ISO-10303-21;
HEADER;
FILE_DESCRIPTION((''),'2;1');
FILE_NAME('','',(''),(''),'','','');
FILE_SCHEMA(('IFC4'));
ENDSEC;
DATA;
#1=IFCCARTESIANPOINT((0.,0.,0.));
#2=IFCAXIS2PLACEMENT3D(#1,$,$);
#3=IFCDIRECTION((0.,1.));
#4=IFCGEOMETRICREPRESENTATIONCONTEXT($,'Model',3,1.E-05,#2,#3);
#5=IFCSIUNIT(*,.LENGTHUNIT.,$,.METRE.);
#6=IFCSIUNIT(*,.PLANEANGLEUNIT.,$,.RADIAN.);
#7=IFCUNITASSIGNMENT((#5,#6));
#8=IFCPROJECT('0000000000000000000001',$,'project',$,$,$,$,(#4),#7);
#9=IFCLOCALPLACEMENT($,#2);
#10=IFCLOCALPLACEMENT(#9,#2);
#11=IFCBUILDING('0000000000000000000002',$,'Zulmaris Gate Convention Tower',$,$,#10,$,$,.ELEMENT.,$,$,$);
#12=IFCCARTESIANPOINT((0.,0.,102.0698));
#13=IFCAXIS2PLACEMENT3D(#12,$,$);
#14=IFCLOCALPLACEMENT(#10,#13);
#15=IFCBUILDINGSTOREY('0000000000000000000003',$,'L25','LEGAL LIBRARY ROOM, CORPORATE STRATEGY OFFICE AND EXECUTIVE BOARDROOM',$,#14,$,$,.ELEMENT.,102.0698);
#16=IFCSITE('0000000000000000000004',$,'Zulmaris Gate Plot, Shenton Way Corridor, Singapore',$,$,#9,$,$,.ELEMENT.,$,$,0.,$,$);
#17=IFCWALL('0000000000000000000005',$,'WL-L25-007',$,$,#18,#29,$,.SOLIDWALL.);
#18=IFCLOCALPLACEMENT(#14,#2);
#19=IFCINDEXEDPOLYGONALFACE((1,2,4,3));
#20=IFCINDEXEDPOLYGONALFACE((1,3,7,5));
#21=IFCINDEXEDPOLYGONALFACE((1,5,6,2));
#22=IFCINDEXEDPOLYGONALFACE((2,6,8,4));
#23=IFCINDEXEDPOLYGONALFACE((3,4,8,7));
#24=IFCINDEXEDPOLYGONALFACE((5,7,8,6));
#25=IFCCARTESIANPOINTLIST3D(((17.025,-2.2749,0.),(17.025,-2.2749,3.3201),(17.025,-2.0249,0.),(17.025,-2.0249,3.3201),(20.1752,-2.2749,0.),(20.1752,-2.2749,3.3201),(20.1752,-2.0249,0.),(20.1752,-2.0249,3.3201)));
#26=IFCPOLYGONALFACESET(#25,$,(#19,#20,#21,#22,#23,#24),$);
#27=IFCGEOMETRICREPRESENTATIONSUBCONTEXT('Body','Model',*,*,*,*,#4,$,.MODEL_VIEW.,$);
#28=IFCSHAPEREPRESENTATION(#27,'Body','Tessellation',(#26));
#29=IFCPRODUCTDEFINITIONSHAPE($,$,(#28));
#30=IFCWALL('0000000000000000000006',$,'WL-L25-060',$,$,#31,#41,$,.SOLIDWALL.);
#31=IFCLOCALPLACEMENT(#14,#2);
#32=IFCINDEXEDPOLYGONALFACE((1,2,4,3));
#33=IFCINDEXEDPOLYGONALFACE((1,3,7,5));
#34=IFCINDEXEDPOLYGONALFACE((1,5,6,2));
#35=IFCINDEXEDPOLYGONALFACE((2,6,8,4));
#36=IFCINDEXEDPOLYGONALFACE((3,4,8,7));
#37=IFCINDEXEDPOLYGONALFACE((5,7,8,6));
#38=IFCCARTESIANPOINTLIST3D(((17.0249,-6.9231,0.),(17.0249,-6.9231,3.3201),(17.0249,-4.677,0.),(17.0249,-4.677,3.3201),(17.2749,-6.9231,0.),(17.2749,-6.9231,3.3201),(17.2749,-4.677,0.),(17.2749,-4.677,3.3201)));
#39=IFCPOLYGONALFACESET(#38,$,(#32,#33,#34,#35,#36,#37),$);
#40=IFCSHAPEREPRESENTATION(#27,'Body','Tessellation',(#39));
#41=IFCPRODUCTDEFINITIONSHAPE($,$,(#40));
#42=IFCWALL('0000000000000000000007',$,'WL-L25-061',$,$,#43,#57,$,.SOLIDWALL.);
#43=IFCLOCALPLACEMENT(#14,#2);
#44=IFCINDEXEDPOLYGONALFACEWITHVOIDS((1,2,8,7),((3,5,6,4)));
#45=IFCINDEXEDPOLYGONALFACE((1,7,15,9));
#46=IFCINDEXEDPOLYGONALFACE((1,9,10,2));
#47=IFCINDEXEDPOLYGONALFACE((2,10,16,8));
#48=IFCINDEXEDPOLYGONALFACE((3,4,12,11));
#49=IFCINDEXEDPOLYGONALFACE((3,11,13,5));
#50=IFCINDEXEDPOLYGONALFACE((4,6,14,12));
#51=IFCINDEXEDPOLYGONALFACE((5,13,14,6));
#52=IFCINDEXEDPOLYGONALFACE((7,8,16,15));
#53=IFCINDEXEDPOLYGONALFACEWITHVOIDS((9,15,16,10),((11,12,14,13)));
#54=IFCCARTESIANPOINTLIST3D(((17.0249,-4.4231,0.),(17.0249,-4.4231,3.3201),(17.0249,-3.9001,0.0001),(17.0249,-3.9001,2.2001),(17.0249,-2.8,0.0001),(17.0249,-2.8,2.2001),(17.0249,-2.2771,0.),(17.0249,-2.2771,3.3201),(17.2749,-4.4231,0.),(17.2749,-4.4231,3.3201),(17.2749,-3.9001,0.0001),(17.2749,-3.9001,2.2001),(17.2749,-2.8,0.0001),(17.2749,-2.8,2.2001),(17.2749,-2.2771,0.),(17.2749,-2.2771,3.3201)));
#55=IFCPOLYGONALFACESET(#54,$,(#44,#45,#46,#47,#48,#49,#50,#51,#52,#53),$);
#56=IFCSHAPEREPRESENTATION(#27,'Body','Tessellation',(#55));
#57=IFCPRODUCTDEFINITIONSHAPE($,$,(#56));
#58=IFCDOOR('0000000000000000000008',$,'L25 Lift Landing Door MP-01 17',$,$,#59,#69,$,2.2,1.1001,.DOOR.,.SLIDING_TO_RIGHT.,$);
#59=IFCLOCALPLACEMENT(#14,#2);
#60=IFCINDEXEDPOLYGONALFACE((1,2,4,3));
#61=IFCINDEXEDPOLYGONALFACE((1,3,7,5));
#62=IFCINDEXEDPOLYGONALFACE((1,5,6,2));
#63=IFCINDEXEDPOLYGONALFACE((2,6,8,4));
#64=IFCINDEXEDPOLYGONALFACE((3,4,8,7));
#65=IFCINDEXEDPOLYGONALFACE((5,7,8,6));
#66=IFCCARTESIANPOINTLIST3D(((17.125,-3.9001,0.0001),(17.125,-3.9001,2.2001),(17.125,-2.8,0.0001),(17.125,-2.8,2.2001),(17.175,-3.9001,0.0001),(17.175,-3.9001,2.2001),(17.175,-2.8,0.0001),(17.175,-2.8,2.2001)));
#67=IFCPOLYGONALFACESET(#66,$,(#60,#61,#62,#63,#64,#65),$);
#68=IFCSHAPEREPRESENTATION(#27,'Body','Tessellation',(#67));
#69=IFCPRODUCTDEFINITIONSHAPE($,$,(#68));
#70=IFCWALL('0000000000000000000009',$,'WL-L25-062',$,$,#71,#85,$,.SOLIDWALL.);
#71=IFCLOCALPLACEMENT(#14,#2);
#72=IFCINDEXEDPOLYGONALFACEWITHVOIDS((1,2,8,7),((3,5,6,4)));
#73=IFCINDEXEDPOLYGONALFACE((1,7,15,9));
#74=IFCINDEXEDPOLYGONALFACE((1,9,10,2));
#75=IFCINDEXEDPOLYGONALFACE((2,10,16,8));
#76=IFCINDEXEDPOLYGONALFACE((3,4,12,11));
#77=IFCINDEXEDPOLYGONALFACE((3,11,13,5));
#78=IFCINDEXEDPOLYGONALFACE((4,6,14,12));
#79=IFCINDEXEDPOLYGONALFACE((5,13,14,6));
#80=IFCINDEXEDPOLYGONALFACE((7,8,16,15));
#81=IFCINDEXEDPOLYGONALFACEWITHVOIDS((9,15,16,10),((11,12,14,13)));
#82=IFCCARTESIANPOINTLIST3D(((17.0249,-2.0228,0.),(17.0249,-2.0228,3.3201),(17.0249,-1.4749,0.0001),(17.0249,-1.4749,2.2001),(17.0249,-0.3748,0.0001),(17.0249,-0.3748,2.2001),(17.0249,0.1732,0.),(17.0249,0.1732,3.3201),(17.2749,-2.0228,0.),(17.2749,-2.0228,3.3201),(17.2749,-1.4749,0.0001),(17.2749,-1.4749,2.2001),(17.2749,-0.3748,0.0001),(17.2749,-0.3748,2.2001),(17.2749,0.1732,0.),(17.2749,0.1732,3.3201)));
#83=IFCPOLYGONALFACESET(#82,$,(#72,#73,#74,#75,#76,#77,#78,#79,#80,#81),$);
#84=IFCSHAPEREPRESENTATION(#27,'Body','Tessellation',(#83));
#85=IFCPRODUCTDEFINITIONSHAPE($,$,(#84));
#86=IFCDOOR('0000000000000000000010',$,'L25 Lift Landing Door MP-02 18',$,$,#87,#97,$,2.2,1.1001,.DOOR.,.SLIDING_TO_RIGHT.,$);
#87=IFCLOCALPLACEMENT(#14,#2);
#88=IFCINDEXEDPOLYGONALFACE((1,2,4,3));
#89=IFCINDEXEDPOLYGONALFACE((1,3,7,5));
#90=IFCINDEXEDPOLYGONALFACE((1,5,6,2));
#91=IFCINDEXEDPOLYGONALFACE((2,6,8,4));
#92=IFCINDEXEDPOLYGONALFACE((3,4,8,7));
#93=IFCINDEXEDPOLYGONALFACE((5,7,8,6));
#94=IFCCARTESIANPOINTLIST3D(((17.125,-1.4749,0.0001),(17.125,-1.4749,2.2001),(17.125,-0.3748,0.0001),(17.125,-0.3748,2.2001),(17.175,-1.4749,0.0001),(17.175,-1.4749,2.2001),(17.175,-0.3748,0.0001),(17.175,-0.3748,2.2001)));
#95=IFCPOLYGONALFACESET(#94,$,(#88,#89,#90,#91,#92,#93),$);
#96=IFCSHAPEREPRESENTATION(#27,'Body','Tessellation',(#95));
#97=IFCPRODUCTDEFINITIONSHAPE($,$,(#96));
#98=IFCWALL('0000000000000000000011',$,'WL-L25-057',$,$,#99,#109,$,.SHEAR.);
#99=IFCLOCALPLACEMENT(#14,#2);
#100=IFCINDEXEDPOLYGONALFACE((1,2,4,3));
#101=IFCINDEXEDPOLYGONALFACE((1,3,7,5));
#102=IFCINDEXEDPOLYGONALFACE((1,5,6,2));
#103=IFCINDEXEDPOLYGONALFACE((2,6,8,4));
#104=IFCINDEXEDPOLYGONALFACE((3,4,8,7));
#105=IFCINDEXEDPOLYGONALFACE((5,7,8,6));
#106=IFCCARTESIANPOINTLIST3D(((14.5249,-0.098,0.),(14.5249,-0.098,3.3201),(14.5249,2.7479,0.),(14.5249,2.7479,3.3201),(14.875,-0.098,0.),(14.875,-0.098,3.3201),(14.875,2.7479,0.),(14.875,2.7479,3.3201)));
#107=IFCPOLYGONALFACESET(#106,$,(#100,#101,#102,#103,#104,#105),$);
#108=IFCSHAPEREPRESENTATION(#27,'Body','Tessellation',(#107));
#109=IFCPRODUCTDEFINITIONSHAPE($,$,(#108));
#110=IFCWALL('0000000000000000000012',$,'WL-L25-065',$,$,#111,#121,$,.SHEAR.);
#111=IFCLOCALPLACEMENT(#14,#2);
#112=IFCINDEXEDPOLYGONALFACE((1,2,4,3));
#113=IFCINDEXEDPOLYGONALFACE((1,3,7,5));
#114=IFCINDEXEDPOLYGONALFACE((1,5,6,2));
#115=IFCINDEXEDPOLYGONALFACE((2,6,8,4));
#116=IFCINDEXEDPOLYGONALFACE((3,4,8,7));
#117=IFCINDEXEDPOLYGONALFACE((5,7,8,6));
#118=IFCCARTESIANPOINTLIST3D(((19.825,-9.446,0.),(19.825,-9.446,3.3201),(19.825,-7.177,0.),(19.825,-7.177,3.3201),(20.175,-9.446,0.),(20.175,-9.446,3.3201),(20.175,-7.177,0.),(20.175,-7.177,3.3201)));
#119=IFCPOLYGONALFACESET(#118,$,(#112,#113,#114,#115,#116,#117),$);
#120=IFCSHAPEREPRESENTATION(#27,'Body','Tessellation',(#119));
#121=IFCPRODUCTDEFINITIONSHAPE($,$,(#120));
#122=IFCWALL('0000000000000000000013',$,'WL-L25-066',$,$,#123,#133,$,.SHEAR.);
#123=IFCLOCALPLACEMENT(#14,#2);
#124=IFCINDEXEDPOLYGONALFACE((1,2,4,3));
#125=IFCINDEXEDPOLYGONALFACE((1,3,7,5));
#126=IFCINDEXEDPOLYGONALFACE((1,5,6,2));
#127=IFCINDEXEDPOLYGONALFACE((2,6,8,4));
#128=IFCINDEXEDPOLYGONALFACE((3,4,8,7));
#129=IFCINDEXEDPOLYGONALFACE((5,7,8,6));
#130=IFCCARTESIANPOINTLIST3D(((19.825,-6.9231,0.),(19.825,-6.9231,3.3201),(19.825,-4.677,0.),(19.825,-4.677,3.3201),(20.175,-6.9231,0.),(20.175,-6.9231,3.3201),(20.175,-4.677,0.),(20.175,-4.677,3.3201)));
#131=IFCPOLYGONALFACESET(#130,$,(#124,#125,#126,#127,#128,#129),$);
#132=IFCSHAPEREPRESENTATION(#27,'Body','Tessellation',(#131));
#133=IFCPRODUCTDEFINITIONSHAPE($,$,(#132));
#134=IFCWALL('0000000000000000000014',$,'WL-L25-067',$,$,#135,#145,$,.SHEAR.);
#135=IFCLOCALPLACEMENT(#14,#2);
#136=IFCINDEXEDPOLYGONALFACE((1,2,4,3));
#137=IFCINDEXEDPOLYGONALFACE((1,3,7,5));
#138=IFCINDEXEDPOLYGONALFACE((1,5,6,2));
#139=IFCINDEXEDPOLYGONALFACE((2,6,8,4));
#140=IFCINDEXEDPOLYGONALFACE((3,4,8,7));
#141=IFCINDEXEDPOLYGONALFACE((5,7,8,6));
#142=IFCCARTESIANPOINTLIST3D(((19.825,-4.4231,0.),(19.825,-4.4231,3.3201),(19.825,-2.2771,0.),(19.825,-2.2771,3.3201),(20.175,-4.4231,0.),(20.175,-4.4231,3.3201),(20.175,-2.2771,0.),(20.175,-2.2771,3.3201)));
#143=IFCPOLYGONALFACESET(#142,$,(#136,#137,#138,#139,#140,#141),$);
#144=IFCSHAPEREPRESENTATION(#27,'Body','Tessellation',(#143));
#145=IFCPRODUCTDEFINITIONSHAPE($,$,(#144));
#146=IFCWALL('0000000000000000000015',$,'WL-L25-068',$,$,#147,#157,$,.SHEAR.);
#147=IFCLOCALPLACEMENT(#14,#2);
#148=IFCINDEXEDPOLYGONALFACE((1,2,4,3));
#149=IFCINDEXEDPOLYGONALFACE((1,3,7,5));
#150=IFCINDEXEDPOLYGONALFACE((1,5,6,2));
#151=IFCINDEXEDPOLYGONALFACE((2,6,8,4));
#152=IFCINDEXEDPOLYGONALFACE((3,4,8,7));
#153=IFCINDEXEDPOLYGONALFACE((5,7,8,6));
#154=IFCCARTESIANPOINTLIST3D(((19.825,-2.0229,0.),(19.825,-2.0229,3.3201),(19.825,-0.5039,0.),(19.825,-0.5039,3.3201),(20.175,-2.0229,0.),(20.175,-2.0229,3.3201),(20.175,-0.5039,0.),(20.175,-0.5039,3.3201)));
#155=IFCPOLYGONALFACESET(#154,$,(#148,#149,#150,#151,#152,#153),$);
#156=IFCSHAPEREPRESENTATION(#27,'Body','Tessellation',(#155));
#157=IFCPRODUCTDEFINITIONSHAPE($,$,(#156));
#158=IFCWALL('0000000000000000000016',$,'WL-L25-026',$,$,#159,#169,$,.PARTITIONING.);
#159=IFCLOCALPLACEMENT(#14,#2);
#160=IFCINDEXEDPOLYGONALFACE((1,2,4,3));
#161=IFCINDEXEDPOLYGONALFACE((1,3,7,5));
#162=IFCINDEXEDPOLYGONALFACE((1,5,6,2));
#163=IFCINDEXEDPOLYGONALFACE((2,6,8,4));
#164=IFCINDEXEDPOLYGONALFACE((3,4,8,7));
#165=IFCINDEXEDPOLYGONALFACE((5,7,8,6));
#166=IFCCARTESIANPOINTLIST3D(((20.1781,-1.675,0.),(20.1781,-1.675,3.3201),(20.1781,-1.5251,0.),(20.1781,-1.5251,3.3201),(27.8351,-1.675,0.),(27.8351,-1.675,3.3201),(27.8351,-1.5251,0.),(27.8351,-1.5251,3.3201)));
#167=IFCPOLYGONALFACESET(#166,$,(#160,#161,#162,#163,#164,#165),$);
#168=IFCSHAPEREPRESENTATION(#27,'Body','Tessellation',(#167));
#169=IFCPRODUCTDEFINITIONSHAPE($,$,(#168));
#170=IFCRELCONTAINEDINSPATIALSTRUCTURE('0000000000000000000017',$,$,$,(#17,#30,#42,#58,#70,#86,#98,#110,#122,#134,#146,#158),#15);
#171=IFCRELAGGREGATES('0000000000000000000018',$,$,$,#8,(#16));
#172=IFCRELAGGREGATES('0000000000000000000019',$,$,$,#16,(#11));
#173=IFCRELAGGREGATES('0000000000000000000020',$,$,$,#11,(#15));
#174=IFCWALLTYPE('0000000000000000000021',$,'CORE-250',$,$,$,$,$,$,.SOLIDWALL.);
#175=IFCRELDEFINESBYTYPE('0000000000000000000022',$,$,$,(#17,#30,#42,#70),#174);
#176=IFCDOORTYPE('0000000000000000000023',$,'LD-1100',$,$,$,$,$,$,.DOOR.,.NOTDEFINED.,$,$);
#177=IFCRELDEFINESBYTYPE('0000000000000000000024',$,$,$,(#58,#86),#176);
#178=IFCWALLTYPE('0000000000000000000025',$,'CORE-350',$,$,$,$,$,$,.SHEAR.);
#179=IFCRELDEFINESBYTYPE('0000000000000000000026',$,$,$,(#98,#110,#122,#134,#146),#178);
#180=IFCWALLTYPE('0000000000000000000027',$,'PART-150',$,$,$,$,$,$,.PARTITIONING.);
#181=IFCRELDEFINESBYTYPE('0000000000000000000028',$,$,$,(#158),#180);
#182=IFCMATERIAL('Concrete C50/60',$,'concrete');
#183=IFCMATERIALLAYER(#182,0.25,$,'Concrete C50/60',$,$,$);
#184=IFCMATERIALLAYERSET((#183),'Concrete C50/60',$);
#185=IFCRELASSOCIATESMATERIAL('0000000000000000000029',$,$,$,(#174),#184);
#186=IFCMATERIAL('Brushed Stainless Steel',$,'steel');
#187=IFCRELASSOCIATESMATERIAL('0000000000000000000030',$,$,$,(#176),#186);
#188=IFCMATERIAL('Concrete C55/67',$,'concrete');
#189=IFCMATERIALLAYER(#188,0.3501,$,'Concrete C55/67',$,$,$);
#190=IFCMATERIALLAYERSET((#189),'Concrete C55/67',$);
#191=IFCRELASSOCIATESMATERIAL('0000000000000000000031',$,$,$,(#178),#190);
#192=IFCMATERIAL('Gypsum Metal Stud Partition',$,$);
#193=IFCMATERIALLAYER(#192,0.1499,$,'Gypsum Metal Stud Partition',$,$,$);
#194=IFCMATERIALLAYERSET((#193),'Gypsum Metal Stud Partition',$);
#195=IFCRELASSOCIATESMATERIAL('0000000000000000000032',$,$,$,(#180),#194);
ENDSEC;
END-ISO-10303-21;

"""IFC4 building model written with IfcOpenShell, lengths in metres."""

from ifc_helpers import new_model, si_unit, direction, frame, frame_2d, origin, place, context, subcontext, project, spatial, rectangle, extrude, material, layer, layer_set, type_object, element, fill, save


model = new_model("IFC4")

# Units and contexts
model_context = context("Model", 3, precision=1e-05, world=origin(), true_north=direction((0.0, 1.0)))
body_context = subcontext(model_context, "Body", "Model", "MODEL_VIEW")
ifc_project = project(units=[si_unit("LENGTHUNIT", "METRE"), si_unit("PLANEANGLEUNIT", "RADIAN")], contexts=[model_context])

# Site, building, storey
site_placement = place(None, origin())
site = spatial("IfcSite", under=ifc_project, at=site_placement, Name="Zulmaris Gate Plot, Shenton Way Corridor, Singapore", CompositionType="ELEMENT", RefElevation=0.0)
building_placement = place(site_placement, origin())
building = spatial("IfcBuilding", under=site, at=building_placement, Name="Zulmaris Gate Convention Tower", CompositionType="ELEMENT")
storey_placement = place(building_placement, frame((0.0, 0.0, 102.0698)))
storey = spatial("IfcBuildingStorey", under=building, at=storey_placement, Name="L25", Description="LEGAL LIBRARY ROOM, CORPORATE STRATEGY OFFICE AND EXECUTIVE BOARDROOM", CompositionType="ELEMENT", Elevation=102.0698)

# Walls
ifc_material_1 = material(Name="Concrete C50/60", Category="concrete")
ifc_layer_1 = layer(ifc_material_1, 0.25, Name="Concrete C50/60")
ifc_layer_set_1 = layer_set([ifc_layer_1], Name="Concrete C50/60")
wall_type_1 = type_object("IfcWallType", Name="CORE-250", PredefinedType="SOLIDWALL", material=ifc_layer_set_1)
for number, where, z_axis, x_axis, name in (
    (1, (17.0249, -2.1499, 0.0), (0.0, 0.0, 1.0), (1.0, 0.0, 0.0), "WL-L25-007"),
):
    element("IfcWall", number, at=place(storey_placement, frame(where, z_axis=z_axis, x_axis=x_axis)), inside=storey, type_object=wall_type_1, Name=name, PredefinedType="SOLIDWALL", context=body_context, shape_type="SweptSolid", body=[
        extrude(rectangle(XDim=3.1501, YDim=0.25, at=frame_2d((1.5752, 0.0))), origin(), (0.0, 0.0, 1.0), 3.3201),
    ])
wall_1_placement = place(storey_placement, frame((17.1499, -6.9231, 0.0), z_axis=(0.0, 0.0, 1.0), x_axis=(0.0, 1.0, 0.0)))
element("IfcWall", 2, at=wall_1_placement, inside=storey, type_object=wall_type_1, Name="WL-L25-060", PredefinedType="SOLIDWALL", context=body_context, shape_type="SweptSolid", body=[
    extrude(rectangle(XDim=2.2461, YDim=0.25, at=frame_2d((1.123, 0.0))), origin(), (0.0, 0.0, 1.0), 3.3201),
])

# Walls, openings, doors
wall_2_placement = place(storey_placement, frame((17.1499, -4.4231, 0.0), z_axis=(0.0, 0.0, 1.0), x_axis=(0.0, 1.0, 0.0)))
wall_2 = element("IfcWall", 3, at=wall_2_placement, inside=storey, type_object=wall_type_1, Name="WL-L25-061", PredefinedType="SOLIDWALL", context=body_context, shape_type="SweptSolid", body=[
    extrude(rectangle(XDim=2.146, YDim=0.25, at=frame_2d((1.073, 0.0))), origin(), (0.0, 0.0, 1.0), 3.3201),
])
opening_1_placement = place(wall_2_placement, frame((0.5229, 0.0, 0.0)))
opening_1 = element("IfcOpeningElement", 4, at=opening_1_placement, cuts=wall_2, PredefinedType="OPENING", context=body_context, shape_type="SweptSolid", body=[
    extrude(rectangle(XDim=1.1001, YDim=2.2, at=frame_2d((0.55, 1.1001))), frame((0.0, 0.135, 0.0), z_axis=(0.0, -1.0, 0.0), x_axis=(1.0, 0.0, 0.0)), (0.0, 0.0, 1.0), 0.27),
])
ifc_material_2 = material(Name="Brushed Stainless Steel", Category="steel")
door_type = type_object("IfcDoorType", Name="LD-1100", OperationType="NOTDEFINED", PredefinedType="DOOR", material=ifc_material_2)
door_1_placement = place(opening_1_placement, origin())
door_1 = element("IfcDoor", 5, at=door_1_placement, inside=storey, type_object=door_type, Name="L25 Lift Landing Door MP-01 17", OperationType="SLIDING_TO_RIGHT", OverallHeight=2.2, OverallWidth=1.1001, PredefinedType="DOOR", context=body_context, shape_type="SweptSolid", body=[
    extrude(rectangle(XDim=1.1001, YDim=2.2, at=frame_2d((0.55, 1.1001))), frame((0.0, 0.0249, 0.0), z_axis=(0.0, -1.0, 0.0), x_axis=(1.0, 0.0, 0.0)), (0.0, 0.0, 1.0), 0.05),
])
fill(opening_1, door_1)
wall_3_placement = place(storey_placement, frame((17.1499, -2.0229, 0.0), z_axis=(0.0, 0.0, 1.0), x_axis=(0.0, 1.0, 0.0)))
wall_3 = element("IfcWall", 6, at=wall_3_placement, inside=storey, type_object=wall_type_1, Name="WL-L25-062", PredefinedType="SOLIDWALL", context=body_context, shape_type="SweptSolid", body=[
    extrude(rectangle(XDim=2.196, YDim=0.25, at=frame_2d((1.0981, 0.0))), origin(), (0.0, 0.0, 1.0), 3.3201),
])
opening_2_placement = place(wall_3_placement, frame((0.5481, 0.0, 0.0)))
opening_2 = element("IfcOpeningElement", 7, at=opening_2_placement, cuts=wall_3, PredefinedType="OPENING", context=body_context, shape_type="SweptSolid", body=[
    extrude(rectangle(XDim=1.1001, YDim=2.2, at=frame_2d((0.55, 1.1001))), frame((0.0, 0.135, 0.0), z_axis=(0.0, -1.0, 0.0), x_axis=(1.0, 0.0, 0.0)), (0.0, 0.0, 1.0), 0.27),
])
door_2_placement = place(opening_2_placement, origin())
door_2 = element("IfcDoor", 8, at=door_2_placement, inside=storey, type_object=door_type, Name="L25 Lift Landing Door MP-02 18", OperationType="SLIDING_TO_RIGHT", OverallHeight=2.2, OverallWidth=1.1001, PredefinedType="DOOR", context=body_context, shape_type="SweptSolid", body=[
    extrude(rectangle(XDim=1.1001, YDim=2.2, at=frame_2d((0.55, 1.1001))), frame((0.0, 0.0249, 0.0), z_axis=(0.0, -1.0, 0.0), x_axis=(1.0, 0.0, 0.0)), (0.0, 0.0, 1.0), 0.05),
])
fill(opening_2, door_2)

# Walls
ifc_material_3 = material(Name="Concrete C55/67", Category="concrete")
ifc_layer_2 = layer(ifc_material_3, 0.3501, Name="Concrete C55/67")
ifc_layer_set_2 = layer_set([ifc_layer_2], Name="Concrete C55/67")
wall_type_2 = type_object("IfcWallType", Name="CORE-350", PredefinedType="SHEAR", material=ifc_layer_set_2)
wall_4_placement = place(storey_placement, frame((14.7, -0.0979, 0.0), z_axis=(0.0, 0.0, 1.0), x_axis=(0.0, 1.0, 0.0)))
element("IfcWall", 9, at=wall_4_placement, inside=storey, type_object=wall_type_2, Name="WL-L25-057", PredefinedType="SHEAR", context=body_context, shape_type="SweptSolid", body=[
    extrude(rectangle(XDim=2.8459, YDim=0.3501, at=frame_2d((1.4229, 0.0))), origin(), (0.0, 0.0, 1.0), 3.3201),
])
wall_5_placement = place(storey_placement, frame((20.0, -9.446, 0.0), z_axis=(0.0, 0.0, 1.0), x_axis=(0.0, 1.0, 0.0)))
element("IfcWall", 10, at=wall_5_placement, inside=storey, type_object=wall_type_2, Name="WL-L25-065", PredefinedType="SHEAR", context=body_context, shape_type="SweptSolid", body=[
    extrude(rectangle(XDim=2.269, YDim=0.3501, at=frame_2d((1.1345, 0.0))), origin(), (0.0, 0.0, 1.0), 3.3201),
])
wall_6_placement = place(storey_placement, frame((20.0, -6.9231, 0.0), z_axis=(0.0, 0.0, 1.0), x_axis=(0.0, 1.0, 0.0)))
element("IfcWall", 11, at=wall_6_placement, inside=storey, type_object=wall_type_2, Name="WL-L25-066", PredefinedType="SHEAR", context=body_context, shape_type="SweptSolid", body=[
    extrude(rectangle(XDim=2.2461, YDim=0.3501, at=frame_2d((1.123, 0.0))), origin(), (0.0, 0.0, 1.0), 3.3201),
])
wall_7_placement = place(storey_placement, frame((20.0, -4.4231, 0.0), z_axis=(0.0, 0.0, 1.0), x_axis=(0.0, 1.0, 0.0)))
element("IfcWall", 12, at=wall_7_placement, inside=storey, type_object=wall_type_2, Name="WL-L25-067", PredefinedType="SHEAR", context=body_context, shape_type="SweptSolid", body=[
    extrude(rectangle(XDim=2.146, YDim=0.3501, at=frame_2d((1.073, 0.0))), origin(), (0.0, 0.0, 1.0), 3.3201),
])
wall_8_placement = place(storey_placement, frame((20.0, -2.0229, 0.0), z_axis=(0.0, 0.0, 1.0), x_axis=(0.0, 1.0, 0.0)))
element("IfcWall", 13, at=wall_8_placement, inside=storey, type_object=wall_type_2, Name="WL-L25-068", PredefinedType="SHEAR", context=body_context, shape_type="SweptSolid", body=[
    extrude(rectangle(XDim=1.519, YDim=0.3501, at=frame_2d((0.7595, 0.0))), origin(), (0.0, 0.0, 1.0), 3.3201),
])
ifc_material_4 = material(Name="Gypsum Metal Stud Partition")
ifc_layer_3 = layer(ifc_material_4, 0.1499, Name="Gypsum Metal Stud Partition")
ifc_layer_set_3 = layer_set([ifc_layer_3], Name="Gypsum Metal Stud Partition")
wall_type_3 = type_object("IfcWallType", Name="PART-150", PredefinedType="PARTITIONING", material=ifc_layer_set_3)
wall_9_placement = place(storey_placement, frame((20.178, -1.6001, 0.0), z_axis=(0.0, 0.0, 1.0), x_axis=(1.0, 0.0, 0.0)))
element("IfcWall", 14, at=wall_9_placement, inside=storey, type_object=wall_type_3, Name="WL-L25-026", PredefinedType="PARTITIONING", context=body_context, shape_type="SweptSolid", body=[
    extrude(rectangle(XDim=7.657, YDim=0.1499, at=frame_2d((3.8286, 0.0))), origin(), (0.0, 0.0, 1.0), 3.3201),
])

save(model, "model.ifc")
